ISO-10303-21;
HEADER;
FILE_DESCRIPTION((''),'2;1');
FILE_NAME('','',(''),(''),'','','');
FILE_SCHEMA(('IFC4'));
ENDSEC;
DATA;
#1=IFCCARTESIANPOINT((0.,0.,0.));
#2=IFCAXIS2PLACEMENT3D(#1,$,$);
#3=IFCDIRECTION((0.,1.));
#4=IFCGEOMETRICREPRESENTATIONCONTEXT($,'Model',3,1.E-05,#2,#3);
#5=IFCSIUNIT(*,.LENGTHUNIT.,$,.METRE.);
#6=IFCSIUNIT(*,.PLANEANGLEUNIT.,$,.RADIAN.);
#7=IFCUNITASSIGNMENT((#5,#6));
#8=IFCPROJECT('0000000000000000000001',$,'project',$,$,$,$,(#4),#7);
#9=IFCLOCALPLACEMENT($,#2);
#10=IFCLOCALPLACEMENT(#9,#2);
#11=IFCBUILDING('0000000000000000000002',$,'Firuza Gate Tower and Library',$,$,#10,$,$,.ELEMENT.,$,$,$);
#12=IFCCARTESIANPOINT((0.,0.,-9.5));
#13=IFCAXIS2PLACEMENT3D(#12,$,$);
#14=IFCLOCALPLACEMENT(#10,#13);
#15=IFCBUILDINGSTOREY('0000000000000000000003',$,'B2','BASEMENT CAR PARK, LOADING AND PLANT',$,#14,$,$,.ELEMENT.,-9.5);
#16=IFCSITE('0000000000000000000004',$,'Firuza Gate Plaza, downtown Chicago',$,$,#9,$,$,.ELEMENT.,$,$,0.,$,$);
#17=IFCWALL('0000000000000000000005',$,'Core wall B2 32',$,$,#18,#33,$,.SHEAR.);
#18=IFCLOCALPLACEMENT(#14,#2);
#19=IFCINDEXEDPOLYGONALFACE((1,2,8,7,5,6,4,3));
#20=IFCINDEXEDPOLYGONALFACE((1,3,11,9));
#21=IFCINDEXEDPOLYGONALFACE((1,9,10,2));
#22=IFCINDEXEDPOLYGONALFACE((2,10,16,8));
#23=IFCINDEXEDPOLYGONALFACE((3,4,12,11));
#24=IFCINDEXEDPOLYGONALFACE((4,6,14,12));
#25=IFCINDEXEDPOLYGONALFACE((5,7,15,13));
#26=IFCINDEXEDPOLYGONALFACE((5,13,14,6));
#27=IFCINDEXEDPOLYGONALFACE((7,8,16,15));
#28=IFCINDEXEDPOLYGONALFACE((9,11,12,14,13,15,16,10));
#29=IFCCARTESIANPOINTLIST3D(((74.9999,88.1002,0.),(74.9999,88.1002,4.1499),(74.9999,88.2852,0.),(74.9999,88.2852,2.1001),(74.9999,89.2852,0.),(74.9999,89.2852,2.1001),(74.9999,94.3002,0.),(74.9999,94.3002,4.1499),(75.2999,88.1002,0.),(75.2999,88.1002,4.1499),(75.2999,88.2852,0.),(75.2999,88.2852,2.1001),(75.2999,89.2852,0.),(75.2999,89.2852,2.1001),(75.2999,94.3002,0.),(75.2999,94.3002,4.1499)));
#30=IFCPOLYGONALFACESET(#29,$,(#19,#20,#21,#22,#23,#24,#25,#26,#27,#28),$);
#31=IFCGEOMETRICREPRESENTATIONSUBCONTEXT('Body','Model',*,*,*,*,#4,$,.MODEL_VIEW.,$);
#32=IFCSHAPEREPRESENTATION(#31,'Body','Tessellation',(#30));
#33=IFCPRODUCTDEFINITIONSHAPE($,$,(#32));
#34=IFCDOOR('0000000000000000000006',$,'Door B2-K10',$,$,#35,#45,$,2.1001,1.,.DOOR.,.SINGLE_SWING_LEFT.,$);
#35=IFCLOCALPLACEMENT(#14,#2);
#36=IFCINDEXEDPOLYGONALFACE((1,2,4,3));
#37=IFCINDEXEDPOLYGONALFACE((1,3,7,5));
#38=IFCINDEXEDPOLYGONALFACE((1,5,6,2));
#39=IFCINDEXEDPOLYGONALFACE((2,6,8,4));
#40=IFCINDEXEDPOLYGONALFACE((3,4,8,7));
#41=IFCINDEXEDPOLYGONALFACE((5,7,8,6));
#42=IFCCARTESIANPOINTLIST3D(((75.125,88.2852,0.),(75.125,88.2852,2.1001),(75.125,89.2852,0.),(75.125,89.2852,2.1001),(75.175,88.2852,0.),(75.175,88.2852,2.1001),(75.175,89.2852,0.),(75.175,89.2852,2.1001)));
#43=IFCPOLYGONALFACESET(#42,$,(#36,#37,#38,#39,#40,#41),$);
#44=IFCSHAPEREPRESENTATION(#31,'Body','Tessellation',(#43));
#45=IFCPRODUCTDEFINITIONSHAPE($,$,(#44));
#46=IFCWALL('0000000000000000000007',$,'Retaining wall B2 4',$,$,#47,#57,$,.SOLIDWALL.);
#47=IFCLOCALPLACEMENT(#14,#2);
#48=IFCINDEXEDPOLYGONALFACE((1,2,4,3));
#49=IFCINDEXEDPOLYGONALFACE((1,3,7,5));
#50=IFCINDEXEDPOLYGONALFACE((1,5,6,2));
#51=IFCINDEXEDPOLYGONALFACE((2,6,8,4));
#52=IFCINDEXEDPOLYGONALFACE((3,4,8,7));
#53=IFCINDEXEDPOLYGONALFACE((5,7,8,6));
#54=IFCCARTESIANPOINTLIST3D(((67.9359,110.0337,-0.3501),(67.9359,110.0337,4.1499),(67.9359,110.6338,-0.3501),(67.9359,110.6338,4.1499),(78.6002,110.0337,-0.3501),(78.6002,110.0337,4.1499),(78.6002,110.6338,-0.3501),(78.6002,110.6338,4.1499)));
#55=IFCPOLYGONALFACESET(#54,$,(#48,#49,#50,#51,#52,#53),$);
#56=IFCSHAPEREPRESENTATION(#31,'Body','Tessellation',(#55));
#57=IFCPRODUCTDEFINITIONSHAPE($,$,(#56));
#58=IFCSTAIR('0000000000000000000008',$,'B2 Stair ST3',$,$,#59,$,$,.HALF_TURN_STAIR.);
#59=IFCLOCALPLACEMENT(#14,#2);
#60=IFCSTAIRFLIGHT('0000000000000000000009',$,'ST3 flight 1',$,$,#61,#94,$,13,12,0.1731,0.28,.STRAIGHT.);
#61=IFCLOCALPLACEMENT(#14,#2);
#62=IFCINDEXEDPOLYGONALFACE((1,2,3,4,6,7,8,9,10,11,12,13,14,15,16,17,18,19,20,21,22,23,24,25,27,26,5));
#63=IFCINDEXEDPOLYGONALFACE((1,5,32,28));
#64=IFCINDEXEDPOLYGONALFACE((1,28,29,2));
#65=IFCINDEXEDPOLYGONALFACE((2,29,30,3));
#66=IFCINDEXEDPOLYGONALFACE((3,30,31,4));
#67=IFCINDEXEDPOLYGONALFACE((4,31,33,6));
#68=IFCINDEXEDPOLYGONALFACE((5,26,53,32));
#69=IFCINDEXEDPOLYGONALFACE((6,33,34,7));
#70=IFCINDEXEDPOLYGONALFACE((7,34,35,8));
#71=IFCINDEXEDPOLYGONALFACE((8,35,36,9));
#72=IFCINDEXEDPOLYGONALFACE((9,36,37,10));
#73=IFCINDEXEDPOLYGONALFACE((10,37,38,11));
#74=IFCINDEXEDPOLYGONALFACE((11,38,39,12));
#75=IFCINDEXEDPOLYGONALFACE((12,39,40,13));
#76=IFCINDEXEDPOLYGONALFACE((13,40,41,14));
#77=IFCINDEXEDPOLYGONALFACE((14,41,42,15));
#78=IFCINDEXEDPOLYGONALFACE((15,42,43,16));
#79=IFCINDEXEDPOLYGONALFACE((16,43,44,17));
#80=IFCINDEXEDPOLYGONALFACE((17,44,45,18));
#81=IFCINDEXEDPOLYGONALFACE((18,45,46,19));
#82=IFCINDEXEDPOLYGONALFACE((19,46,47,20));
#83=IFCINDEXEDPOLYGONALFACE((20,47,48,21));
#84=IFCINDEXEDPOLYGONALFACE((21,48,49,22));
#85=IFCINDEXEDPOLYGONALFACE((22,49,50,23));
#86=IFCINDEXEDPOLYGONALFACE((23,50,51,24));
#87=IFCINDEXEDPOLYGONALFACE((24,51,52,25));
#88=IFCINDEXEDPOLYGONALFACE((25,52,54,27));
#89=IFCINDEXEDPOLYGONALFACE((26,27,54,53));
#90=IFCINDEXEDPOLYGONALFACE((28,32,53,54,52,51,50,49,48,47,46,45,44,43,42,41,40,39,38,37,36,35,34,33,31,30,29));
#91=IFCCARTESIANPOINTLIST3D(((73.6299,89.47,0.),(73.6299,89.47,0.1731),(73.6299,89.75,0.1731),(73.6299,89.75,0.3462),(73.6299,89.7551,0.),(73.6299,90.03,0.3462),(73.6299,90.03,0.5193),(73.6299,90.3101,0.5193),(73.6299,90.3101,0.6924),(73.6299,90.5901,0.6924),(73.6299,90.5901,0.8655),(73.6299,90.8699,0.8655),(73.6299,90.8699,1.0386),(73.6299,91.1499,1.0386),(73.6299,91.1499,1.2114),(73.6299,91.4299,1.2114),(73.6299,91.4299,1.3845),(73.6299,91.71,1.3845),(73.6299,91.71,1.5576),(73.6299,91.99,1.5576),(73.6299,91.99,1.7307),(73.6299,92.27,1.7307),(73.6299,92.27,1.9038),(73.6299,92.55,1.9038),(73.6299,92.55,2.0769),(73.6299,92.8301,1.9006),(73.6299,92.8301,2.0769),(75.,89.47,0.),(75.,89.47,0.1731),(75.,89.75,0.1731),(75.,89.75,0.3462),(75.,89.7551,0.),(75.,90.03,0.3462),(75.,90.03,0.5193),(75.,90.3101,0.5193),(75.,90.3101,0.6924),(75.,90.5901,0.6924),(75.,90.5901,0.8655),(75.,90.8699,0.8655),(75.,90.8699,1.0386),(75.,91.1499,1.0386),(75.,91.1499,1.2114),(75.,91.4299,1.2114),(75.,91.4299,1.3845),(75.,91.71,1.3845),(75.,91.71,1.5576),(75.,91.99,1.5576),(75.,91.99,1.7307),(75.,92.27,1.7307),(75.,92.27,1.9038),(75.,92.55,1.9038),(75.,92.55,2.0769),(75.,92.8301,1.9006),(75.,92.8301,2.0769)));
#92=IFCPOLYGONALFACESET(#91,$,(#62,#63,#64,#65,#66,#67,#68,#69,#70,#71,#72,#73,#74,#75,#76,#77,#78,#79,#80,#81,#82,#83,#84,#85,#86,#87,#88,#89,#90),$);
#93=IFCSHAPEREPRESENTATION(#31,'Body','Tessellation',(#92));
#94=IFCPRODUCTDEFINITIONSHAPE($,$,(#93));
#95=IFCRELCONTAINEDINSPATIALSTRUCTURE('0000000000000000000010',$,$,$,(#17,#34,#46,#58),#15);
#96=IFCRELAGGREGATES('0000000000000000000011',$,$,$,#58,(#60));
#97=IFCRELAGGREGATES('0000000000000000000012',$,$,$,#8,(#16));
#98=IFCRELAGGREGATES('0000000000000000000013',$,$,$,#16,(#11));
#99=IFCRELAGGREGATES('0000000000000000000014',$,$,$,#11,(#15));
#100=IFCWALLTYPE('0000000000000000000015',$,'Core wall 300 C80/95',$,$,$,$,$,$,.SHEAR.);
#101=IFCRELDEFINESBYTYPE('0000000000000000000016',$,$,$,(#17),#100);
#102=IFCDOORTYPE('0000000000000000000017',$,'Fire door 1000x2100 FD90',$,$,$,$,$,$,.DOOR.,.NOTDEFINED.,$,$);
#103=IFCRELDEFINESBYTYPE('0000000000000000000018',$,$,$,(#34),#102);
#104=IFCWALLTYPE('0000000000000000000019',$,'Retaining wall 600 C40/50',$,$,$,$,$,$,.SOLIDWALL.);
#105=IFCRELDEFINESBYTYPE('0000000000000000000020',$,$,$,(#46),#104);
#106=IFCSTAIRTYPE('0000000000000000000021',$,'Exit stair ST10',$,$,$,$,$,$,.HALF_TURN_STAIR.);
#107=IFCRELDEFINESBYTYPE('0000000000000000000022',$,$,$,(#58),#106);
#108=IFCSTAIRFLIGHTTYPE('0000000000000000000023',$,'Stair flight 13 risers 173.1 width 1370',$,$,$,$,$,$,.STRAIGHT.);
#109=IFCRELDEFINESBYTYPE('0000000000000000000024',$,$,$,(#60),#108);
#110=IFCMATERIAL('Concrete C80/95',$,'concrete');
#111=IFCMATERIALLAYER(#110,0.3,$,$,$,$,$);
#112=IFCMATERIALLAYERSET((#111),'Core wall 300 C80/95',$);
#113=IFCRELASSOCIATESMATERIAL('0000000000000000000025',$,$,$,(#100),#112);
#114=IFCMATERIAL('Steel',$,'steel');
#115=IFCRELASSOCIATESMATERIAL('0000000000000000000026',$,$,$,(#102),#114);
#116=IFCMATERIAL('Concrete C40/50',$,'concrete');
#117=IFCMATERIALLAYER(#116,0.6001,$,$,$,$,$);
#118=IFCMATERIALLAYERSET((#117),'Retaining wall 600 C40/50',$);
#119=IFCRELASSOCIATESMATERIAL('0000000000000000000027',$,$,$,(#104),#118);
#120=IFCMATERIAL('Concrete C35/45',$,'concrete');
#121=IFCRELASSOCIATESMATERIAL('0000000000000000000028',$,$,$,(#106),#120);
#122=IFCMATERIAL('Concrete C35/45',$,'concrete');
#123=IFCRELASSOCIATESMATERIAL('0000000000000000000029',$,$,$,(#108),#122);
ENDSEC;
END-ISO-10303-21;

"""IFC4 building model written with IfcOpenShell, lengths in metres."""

from ifc_helpers import new_model, si_unit, direction, frame, frame_2d, origin, place, context, subcontext, project, spatial, polyline, rectangle, outline, extrude, material, layer, layer_set, type_object, element, fill, aggregate, save


model = new_model("IFC4")

# Units and contexts
model_context = context("Model", 3, precision=1e-05, world=origin(), true_north=direction((0.0, 1.0)))
body_context = subcontext(model_context, "Body", "Model", "MODEL_VIEW")
ifc_project = project(units=[si_unit("LENGTHUNIT", "METRE"), si_unit("PLANEANGLEUNIT", "RADIAN")], contexts=[model_context])

# Site, building, storey
site_placement = place(None, origin())
site = spatial("IfcSite", under=ifc_project, at=site_placement, Name="Firuza Gate Plaza, downtown Chicago", CompositionType="ELEMENT", RefElevation=0.0)
building_placement = place(site_placement, origin())
building = spatial("IfcBuilding", under=site, at=building_placement, Name="Firuza Gate Tower and Library", CompositionType="ELEMENT")
storey_placement = place(building_placement, frame((0.0, 0.0, -9.5)))
storey = spatial("IfcBuildingStorey", under=building, at=storey_placement, Name="B2", Description="BASEMENT CAR PARK, LOADING AND PLANT", CompositionType="ELEMENT", Elevation=-9.5)

# Shared definitions
ifc_material_1 = material(Name="Concrete C80/95", Category="concrete")
ifc_layer_1 = layer(ifc_material_1, 0.3)
ifc_layer_set_1 = layer_set([ifc_layer_1], Name="Core wall 300 C80/95")
wall_type_1 = type_object("IfcWallType", Name="Core wall 300 C80/95", PredefinedType="SHEAR", material=ifc_layer_set_1)

# Wall, opening, door
wall_1_placement = place(storey_placement, frame((75.1499, 88.1001, 0.0), z_axis=(0.0, 0.0, 1.0), x_axis=(0.0, 1.0, 0.0)))
wall_1 = element("IfcWall", 1, at=wall_1_placement, inside=storey, type_object=wall_type_1, Name="Core wall B2 32", PredefinedType="SHEAR", context=body_context, shape_type="SweptSolid", body=[
    extrude(rectangle(XDim=6.2, YDim=0.3, at=frame_2d((3.1001, 0.0))), origin(), (0.0, 0.0, 1.0), 4.1499),
])
opening_1_placement = place(wall_1_placement, frame((0.1851, 0.0, 0.0)))
opening_1 = element("IfcOpeningElement", 2, at=opening_1_placement, cuts=wall_1, PredefinedType="OPENING", context=body_context, shape_type="SweptSolid", body=[
    extrude(rectangle(XDim=1.0, YDim=2.1001, at=frame_2d((0.5, 1.05))), frame((0.0, 0.1602, 0.0), z_axis=(0.0, -1.0, 0.0), x_axis=(1.0, 0.0, 0.0)), (0.0, 0.0, 1.0), 0.3201),
])
ifc_material_2 = material(Name="Steel", Category="steel")
door_type_1 = type_object("IfcDoorType", Name="Fire door 1000x2100 FD90", OperationType="NOTDEFINED", PredefinedType="DOOR", material=ifc_material_2)
door_1_placement = place(opening_1_placement, origin())
door_1 = element("IfcDoor", 3, at=door_1_placement, inside=storey, type_object=door_type_1, Name="Door B2-K10", OperationType="SINGLE_SWING_LEFT", OverallHeight=2.1001, OverallWidth=1.0, PredefinedType="DOOR", context=body_context, shape_type="SweptSolid", body=[
    extrude(rectangle(XDim=1.0, YDim=2.1001, at=frame_2d((0.5, 1.05))), frame((0.0, 0.0249, 0.0), z_axis=(0.0, -1.0, 0.0), x_axis=(1.0, 0.0, 0.0)), (0.0, 0.0, 1.0), 0.05),
])
fill(opening_1, door_1)

# Wall
ifc_material_3 = material(Name="Concrete C40/50", Category="concrete")
ifc_layer_2 = layer(ifc_material_3, 0.6001)
ifc_layer_set_2 = layer_set([ifc_layer_2], Name="Retaining wall 600 C40/50")
wall_type_2 = type_object("IfcWallType", Name="Retaining wall 600 C40/50", PredefinedType="SOLIDWALL", material=ifc_layer_set_2)
wall_2_placement = place(storey_placement, frame((78.6001, 110.3337, -0.3501), z_axis=(0.0, 0.0, 1.0), x_axis=(-1.0, 0.0, 0.0)))
element("IfcWall", 4, at=wall_2_placement, inside=storey, type_object=wall_type_2, Name="Retaining wall B2 4", PredefinedType="SOLIDWALL", context=body_context, shape_type="SweptSolid", body=[
    extrude(rectangle(XDim=10.6643, YDim=0.6001, at=frame_2d((5.332, 0.0))), origin(), (0.0, 0.0, 1.0), 4.5),
])

# Stair, stair flight
ifc_material_4 = material(Name="Concrete C35/45", Category="concrete")
stair_type = type_object("IfcStairType", Name="Exit stair ST10", PredefinedType="HALF_TURN_STAIR", material=ifc_material_4)
stair_placement = place(storey_placement, origin())
stair = element("IfcStair", 5, at=stair_placement, inside=storey, type_object=stair_type, Name="B2 Stair ST3", PredefinedType="HALF_TURN_STAIR")
ifc_material_5 = material(Name="Concrete C35/45", Category="concrete")
stair_flight_type = type_object("IfcStairFlightType", Name="Stair flight 13 risers 173.1 width 1370", PredefinedType="STRAIGHT", material=ifc_material_5)
stair_flight_placement = place(storey_placement, frame((74.3149, 89.47, 0.0), z_axis=(0.0, 0.0, 1.0), x_axis=(0.0, 1.0, 0.0)))
stair_flight = element("IfcStairFlight", 6, at=stair_flight_placement, type_object=stair_flight_type, Name="ST3 flight 1", NumberOfRisers=13, NumberOfTreads=12, PredefinedType="STRAIGHT", RiserHeight=0.1731, TreadLength=0.28, context=body_context, shape_type="SweptSolid", body=[
    extrude(outline(polyline([(0.0, 0.0), (0.0, 0.1731), (0.28, 0.1731), (0.28, 0.3462), (0.5601, 0.3462), (0.5601, 0.5193), (0.8401, 0.5193), (0.8401, 0.6924), (1.1201, 0.6924), (1.1201, 0.8655), (1.3999, 0.8655), (1.3999, 1.0386), (1.6799, 1.0386), (1.6799, 1.2114), (1.96, 1.2114), (1.96, 1.3845), (2.24, 1.3845), (2.24, 1.5576), (2.52, 1.5576), (2.52, 1.7307), (2.8, 1.7307), (2.8, 1.9038), (3.0801, 1.9038), (3.0801, 2.0769), (3.3601, 2.0769), (3.3601, 2.25), (3.3601, 1.9006), (0.2852, 0.0), (0.0, 0.0)])), frame((0.0, 0.6851, 0.0), z_axis=(0.0, -1.0, 0.0), x_axis=(1.0, 0.0, 0.0)), (0.0, 0.0, 1.0), 1.3701),
])
aggregate(stair, [stair_flight])

save(model, "model.ifc")
